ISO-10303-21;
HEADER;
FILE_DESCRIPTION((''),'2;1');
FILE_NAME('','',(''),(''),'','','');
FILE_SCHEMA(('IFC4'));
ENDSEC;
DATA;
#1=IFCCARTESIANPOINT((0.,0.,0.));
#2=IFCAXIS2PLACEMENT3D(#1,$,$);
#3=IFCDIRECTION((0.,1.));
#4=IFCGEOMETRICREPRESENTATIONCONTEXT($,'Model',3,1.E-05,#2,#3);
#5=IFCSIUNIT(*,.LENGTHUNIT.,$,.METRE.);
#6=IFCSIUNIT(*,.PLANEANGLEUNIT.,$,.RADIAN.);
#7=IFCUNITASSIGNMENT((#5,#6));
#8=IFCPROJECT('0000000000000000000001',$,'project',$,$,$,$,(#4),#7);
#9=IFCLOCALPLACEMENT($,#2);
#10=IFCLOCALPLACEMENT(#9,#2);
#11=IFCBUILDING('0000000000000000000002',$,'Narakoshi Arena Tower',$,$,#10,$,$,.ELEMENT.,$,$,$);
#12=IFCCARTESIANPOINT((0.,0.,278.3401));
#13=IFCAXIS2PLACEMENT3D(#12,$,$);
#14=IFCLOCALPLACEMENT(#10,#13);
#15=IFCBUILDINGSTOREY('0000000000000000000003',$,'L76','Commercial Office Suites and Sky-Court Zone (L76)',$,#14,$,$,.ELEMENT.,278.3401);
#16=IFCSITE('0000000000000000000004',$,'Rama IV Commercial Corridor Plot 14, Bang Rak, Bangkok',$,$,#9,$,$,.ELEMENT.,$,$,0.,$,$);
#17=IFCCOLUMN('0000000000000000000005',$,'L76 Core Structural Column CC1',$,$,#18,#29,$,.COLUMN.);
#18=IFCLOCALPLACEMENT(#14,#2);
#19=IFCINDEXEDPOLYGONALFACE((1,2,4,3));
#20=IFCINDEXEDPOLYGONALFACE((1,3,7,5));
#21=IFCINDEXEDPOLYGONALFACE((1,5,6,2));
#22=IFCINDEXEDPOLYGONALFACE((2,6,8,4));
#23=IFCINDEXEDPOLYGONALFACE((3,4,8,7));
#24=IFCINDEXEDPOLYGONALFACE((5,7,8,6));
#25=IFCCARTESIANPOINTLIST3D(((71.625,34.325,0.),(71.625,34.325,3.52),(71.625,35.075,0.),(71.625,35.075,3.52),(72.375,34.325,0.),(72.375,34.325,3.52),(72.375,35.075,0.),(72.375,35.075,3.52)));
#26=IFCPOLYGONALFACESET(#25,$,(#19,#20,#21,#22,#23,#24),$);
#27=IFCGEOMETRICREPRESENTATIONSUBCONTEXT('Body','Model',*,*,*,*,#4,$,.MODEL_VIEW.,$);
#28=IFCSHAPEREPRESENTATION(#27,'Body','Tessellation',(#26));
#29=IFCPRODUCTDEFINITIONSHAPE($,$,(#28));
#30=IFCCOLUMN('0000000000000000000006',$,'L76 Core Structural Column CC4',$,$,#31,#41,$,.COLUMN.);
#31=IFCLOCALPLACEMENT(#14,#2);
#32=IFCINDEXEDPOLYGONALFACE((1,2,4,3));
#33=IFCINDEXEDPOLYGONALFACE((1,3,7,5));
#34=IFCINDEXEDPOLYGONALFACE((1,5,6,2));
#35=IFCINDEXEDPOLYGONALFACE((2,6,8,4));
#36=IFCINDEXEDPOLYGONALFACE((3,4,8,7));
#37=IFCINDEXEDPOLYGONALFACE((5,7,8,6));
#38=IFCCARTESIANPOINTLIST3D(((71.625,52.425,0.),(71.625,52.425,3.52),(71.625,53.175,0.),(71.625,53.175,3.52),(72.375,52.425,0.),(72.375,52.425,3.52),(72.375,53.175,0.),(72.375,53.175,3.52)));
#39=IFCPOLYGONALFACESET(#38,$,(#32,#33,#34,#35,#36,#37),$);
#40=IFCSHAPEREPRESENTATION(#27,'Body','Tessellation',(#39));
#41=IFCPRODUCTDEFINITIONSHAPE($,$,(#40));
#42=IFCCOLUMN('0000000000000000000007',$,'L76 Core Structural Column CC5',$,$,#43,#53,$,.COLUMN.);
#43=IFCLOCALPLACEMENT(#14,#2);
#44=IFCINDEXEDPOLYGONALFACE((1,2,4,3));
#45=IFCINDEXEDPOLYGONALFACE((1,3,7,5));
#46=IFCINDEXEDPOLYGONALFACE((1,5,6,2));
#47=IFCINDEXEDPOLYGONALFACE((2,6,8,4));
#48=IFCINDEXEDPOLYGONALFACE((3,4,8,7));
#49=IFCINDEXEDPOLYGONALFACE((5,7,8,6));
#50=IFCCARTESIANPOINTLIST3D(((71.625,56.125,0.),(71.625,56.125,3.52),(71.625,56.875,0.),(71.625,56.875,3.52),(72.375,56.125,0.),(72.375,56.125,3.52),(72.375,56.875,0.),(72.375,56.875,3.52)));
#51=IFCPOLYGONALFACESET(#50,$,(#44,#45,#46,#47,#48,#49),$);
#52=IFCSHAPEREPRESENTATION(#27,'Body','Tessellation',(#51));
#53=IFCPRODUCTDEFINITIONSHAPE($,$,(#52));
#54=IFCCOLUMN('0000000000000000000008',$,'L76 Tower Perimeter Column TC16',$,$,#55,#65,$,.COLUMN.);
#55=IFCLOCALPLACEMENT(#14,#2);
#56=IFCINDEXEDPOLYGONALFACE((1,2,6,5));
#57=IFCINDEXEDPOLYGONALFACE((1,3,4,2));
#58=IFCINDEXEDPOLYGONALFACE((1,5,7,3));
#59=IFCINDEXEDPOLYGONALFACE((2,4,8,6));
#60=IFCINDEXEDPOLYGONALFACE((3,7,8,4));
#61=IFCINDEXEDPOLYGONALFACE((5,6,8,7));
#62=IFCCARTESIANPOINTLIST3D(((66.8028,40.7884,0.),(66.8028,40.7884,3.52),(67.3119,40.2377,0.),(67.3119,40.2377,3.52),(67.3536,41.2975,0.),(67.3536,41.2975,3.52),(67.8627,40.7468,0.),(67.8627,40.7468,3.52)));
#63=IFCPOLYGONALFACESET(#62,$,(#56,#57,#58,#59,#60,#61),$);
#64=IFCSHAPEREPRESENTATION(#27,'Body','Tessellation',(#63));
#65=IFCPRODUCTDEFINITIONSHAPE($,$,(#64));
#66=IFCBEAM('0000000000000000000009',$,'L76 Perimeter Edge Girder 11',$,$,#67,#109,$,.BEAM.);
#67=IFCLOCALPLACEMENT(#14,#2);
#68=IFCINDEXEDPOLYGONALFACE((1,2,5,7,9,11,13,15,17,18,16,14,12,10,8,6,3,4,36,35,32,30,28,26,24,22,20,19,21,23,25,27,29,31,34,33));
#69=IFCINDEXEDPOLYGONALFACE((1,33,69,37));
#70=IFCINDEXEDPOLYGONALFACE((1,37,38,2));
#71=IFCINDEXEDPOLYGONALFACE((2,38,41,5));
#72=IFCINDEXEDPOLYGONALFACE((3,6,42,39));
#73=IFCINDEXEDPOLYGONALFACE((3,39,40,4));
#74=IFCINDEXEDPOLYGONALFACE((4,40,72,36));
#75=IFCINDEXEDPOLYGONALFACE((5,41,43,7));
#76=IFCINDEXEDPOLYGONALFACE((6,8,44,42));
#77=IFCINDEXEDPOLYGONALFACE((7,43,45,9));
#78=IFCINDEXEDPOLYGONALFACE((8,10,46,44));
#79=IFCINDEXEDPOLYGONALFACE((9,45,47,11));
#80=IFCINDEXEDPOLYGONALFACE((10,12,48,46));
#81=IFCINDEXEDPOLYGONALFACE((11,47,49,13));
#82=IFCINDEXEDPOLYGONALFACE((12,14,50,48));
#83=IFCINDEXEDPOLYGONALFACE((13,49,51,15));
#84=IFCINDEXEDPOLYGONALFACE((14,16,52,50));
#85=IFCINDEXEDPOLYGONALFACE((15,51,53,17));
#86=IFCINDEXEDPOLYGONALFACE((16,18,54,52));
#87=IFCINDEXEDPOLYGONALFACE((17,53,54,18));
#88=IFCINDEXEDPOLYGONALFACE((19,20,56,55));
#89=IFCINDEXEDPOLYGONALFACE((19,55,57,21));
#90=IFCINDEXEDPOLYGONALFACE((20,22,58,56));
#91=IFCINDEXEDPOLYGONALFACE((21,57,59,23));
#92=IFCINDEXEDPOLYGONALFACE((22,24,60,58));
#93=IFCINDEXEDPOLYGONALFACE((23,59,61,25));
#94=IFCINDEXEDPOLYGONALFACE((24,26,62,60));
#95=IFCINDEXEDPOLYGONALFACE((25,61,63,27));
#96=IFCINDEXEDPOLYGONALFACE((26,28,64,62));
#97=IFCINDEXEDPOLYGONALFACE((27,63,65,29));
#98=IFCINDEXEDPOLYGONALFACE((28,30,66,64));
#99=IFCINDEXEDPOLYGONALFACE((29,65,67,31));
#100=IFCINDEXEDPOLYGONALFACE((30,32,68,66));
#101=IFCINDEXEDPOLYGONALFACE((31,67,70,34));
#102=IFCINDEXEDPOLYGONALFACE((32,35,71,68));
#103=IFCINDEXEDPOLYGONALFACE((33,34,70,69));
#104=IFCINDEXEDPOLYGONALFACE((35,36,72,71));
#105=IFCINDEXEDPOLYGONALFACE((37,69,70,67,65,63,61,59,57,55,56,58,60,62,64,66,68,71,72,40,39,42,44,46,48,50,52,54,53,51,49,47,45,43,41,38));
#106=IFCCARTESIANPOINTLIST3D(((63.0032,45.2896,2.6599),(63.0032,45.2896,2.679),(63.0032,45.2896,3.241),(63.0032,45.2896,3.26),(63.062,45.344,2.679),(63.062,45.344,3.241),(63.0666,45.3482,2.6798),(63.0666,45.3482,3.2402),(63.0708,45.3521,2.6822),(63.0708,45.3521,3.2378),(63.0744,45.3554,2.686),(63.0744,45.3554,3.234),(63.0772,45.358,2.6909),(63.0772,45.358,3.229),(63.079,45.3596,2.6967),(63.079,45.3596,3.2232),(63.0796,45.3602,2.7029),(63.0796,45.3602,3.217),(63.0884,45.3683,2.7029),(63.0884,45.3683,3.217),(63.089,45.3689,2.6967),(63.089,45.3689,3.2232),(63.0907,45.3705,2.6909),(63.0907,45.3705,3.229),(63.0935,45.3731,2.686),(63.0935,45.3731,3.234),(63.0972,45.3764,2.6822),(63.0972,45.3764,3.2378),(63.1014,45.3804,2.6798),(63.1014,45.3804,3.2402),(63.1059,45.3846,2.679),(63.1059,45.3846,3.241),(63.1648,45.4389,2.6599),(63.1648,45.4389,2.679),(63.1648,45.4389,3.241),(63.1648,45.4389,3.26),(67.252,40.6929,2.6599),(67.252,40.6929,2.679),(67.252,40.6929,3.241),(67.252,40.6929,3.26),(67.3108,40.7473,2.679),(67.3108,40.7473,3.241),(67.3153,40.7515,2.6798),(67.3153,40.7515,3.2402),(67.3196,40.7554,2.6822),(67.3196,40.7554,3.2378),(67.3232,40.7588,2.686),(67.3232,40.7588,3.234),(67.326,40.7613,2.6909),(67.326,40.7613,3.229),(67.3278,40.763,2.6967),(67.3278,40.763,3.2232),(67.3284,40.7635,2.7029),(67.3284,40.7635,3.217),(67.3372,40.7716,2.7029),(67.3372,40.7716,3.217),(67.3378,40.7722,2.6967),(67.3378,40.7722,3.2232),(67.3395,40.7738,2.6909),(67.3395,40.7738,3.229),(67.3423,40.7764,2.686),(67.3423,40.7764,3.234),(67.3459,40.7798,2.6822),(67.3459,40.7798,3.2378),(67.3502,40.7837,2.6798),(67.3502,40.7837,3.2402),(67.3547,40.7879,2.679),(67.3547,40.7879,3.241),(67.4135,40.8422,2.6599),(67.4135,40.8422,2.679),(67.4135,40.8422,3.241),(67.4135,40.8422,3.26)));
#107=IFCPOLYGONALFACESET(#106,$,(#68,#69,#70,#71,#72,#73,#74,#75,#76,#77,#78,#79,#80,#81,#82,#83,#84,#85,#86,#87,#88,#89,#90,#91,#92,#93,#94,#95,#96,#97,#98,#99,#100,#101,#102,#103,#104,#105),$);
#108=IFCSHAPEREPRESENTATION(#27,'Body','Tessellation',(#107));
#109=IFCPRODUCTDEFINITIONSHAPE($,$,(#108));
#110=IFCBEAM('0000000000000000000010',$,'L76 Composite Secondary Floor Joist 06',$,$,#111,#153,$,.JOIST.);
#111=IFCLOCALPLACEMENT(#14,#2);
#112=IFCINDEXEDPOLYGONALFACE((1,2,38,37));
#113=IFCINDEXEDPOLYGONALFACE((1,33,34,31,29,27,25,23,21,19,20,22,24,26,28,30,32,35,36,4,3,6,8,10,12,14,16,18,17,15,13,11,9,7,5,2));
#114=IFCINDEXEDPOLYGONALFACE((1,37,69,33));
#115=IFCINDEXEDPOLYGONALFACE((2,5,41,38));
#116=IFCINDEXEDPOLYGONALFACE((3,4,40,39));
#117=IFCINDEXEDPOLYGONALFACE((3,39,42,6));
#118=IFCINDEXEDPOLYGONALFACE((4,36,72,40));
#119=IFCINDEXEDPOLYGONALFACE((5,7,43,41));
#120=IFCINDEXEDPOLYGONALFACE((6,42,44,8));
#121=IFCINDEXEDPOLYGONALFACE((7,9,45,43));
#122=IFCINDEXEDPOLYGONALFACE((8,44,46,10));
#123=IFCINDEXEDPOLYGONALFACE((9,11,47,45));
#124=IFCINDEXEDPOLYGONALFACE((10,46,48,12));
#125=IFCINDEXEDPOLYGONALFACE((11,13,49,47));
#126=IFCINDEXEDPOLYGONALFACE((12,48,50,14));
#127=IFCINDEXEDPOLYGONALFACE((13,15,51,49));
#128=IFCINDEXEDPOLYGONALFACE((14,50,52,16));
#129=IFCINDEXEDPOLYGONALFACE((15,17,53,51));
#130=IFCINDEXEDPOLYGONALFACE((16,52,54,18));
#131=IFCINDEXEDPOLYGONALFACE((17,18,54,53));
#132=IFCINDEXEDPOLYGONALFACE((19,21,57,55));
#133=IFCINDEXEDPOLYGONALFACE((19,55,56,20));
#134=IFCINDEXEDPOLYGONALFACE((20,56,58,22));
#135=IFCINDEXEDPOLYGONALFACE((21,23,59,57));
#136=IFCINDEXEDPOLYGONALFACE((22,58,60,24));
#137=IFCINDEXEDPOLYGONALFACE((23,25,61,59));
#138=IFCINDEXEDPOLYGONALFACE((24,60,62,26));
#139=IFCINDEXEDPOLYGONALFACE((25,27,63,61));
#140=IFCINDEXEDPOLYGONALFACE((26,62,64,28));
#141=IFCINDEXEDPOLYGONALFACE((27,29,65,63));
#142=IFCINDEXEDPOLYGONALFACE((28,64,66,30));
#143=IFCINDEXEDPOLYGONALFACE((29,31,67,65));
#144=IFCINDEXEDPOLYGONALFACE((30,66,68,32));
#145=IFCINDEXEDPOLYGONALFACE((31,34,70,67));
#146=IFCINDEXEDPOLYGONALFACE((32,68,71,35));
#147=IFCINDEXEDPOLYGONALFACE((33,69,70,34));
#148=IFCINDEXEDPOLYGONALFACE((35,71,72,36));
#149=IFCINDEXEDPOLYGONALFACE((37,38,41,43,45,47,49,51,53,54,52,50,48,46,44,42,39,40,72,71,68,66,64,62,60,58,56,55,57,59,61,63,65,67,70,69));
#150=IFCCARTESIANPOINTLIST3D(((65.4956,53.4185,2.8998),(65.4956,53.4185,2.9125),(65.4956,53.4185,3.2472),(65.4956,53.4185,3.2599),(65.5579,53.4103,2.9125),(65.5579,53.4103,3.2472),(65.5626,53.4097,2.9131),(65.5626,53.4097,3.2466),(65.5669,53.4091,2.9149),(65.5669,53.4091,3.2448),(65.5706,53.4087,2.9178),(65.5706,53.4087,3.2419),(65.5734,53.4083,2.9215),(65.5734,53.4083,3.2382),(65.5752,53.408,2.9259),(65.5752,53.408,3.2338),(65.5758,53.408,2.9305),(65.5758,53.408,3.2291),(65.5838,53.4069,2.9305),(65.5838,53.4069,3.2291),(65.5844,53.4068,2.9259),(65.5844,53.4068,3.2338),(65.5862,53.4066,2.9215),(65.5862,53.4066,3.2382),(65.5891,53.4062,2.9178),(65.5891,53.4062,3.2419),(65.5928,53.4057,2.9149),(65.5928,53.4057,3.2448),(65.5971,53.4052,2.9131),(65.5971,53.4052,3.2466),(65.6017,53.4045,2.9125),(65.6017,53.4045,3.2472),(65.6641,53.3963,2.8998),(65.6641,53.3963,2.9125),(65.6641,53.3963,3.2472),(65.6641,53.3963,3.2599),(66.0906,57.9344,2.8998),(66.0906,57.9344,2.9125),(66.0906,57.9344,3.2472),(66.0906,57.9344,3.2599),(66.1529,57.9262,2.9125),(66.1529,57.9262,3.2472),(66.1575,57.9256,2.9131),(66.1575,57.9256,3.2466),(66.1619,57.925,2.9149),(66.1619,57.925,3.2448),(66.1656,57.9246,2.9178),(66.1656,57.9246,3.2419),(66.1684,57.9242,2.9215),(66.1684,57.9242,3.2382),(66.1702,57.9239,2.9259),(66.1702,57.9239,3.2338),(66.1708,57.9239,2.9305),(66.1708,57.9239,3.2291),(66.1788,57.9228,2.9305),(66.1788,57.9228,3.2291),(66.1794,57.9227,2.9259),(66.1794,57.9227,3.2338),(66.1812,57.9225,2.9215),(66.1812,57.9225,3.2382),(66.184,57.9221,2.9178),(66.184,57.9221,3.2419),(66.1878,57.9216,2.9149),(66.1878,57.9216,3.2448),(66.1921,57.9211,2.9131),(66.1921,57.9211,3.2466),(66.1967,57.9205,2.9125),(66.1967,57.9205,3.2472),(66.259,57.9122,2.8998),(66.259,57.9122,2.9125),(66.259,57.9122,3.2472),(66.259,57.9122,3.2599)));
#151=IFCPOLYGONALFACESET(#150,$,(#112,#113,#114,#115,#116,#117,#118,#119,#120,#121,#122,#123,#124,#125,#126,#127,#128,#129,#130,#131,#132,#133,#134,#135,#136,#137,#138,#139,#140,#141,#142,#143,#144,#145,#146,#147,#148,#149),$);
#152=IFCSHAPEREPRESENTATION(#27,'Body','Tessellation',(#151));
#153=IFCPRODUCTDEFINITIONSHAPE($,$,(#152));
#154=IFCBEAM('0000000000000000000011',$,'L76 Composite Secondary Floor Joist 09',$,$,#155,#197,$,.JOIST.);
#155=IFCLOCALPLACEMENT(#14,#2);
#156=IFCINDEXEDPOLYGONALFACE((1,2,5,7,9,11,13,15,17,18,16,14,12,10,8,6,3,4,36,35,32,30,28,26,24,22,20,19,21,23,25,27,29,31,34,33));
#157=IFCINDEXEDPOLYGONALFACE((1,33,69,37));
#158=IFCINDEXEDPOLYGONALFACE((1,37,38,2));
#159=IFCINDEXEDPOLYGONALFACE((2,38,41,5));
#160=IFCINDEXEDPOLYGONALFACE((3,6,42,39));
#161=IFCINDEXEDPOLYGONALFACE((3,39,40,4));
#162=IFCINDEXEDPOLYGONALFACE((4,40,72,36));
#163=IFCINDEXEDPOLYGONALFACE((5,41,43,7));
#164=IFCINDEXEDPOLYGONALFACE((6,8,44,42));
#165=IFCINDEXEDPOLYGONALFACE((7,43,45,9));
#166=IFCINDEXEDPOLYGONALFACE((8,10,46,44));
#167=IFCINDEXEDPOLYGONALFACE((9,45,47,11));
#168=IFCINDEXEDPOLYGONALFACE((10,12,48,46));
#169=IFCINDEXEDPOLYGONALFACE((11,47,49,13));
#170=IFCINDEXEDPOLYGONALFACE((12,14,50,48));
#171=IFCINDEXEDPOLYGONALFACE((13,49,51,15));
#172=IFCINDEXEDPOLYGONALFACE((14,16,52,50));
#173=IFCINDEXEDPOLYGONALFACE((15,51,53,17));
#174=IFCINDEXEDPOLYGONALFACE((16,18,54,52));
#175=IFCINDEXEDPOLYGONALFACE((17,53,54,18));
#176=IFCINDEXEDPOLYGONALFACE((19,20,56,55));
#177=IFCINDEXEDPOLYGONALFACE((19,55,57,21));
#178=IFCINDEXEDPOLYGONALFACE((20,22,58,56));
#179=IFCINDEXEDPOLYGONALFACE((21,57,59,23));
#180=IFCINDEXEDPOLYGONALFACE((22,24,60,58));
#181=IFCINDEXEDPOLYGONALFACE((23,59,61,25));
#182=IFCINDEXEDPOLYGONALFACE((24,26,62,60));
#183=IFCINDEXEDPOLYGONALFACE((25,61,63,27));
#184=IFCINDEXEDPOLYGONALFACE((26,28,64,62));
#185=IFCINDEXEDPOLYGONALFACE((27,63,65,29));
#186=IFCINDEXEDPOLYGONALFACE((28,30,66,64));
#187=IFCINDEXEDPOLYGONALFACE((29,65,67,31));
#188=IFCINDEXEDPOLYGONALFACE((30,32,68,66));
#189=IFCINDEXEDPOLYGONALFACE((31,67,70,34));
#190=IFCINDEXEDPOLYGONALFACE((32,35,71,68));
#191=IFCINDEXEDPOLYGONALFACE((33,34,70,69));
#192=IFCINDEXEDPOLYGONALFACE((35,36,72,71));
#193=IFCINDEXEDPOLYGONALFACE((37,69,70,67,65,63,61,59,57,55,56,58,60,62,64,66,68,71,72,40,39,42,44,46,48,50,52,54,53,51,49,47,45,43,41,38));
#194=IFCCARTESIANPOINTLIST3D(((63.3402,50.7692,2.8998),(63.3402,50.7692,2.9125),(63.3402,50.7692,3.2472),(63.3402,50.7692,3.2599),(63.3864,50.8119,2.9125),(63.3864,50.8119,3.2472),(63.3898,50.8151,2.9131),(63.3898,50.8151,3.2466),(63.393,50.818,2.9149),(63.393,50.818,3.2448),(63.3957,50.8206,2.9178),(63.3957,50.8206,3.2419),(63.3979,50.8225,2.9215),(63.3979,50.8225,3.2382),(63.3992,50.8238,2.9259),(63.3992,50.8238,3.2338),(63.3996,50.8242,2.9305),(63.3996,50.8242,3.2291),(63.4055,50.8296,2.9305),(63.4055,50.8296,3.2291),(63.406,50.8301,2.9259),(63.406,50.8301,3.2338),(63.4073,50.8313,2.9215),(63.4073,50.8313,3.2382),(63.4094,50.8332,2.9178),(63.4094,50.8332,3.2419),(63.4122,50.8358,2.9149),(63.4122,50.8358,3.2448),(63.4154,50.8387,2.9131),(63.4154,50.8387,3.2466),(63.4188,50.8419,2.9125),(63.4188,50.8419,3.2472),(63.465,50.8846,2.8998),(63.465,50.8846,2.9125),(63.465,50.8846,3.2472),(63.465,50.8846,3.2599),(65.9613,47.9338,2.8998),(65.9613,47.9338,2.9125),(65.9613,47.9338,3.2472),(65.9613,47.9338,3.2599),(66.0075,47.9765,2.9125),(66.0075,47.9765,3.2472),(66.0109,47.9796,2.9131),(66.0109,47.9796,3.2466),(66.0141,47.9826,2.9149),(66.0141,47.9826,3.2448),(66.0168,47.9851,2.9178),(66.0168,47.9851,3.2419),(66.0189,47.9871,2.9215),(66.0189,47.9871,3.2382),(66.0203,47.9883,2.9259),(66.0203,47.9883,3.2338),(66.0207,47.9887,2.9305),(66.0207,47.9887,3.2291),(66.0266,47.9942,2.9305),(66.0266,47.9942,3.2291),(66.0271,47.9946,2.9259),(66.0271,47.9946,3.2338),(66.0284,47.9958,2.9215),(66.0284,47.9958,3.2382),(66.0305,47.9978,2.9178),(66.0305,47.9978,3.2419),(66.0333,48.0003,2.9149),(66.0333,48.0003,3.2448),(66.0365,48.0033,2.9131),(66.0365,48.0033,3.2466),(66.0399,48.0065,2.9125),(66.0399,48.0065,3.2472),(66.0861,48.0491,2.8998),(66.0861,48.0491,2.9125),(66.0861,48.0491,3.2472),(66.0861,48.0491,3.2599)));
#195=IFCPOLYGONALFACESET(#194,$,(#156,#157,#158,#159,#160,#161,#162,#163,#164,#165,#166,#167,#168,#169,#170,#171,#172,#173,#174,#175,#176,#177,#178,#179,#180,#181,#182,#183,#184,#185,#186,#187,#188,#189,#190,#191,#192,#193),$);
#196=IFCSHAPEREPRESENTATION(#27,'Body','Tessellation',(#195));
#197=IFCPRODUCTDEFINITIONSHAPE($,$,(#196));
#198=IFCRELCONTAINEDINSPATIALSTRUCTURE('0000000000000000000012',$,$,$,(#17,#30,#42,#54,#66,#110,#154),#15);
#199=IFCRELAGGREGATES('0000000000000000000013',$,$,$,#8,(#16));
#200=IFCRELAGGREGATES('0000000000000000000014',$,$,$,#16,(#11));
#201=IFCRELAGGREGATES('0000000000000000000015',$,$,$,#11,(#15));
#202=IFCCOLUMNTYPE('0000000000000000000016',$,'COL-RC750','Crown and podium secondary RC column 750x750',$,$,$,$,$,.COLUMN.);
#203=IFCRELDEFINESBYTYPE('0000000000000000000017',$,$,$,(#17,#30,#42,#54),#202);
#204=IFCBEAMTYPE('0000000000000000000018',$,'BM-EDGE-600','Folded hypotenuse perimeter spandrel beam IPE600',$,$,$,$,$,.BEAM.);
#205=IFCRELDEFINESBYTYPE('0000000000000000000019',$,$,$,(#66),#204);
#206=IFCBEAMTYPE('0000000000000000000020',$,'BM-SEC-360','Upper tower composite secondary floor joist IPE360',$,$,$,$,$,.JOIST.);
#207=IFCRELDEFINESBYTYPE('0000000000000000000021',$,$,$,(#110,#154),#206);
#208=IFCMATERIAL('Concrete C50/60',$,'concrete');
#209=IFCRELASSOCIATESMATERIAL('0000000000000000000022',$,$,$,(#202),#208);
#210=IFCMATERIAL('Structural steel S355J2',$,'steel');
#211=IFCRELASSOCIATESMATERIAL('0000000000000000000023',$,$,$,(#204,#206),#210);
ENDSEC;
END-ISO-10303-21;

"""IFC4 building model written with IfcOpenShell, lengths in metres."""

from ifc_helpers import new_model, si_unit, direction, frame, origin, origin_2d, place, context, subcontext, project, spatial, rectangle, i_section, extrude, material, material_profile, profile_set, type_object, element, save


model = new_model("IFC4")

# Units and contexts
model_context = context("Model", 3, precision=1e-05, world=origin(), true_north=direction((0.0, 1.0)))
body_context = subcontext(model_context, "Body", "Model", "MODEL_VIEW")
ifc_project = project(units=[si_unit("LENGTHUNIT", "METRE"), si_unit("PLANEANGLEUNIT", "RADIAN")], contexts=[model_context])

# Site, building, storey
site_placement = place(None, origin())
site = spatial("IfcSite", under=ifc_project, at=site_placement, Name="Rama IV Commercial Corridor Plot 14, Bang Rak, Bangkok", CompositionType="ELEMENT", RefElevation=0.0)
building_placement = place(site_placement, origin())
building = spatial("IfcBuilding", under=site, at=building_placement, Name="Narakoshi Arena Tower", CompositionType="ELEMENT")
storey_placement = place(building_placement, frame((0.0, 0.0, 278.3401)))
storey = spatial("IfcBuildingStorey", under=building, at=storey_placement, Name="L76", Description="Commercial Office Suites and Sky-Court Zone (L76)", CompositionType="ELEMENT", Elevation=278.3401)

# Columns
ifc_material_1 = material(Name="Concrete C50/60", Category="concrete")
ifc_material_profile_1 = material_profile(ifc_material_1, rectangle(XDim=0.75, YDim=0.75, at=origin_2d()), Name="RC750x750")
ifc_profile_set_1 = profile_set([ifc_material_profile_1], Name="Concrete C50/60")
column_type = type_object("IfcColumnType", Name="COL-RC750", Description="Crown and podium secondary RC column 750x750", PredefinedType="COLUMN", material=ifc_profile_set_1)
for number, where, z_axis, x_axis, name in (
    (1, (72.0, 34.7, 0.0), (0.0, 0.0, 1.0), (1.0, 0.0, 0.0), "L76 Core Structural Column CC1"),
    (2, (72.0, 52.8, 0.0), (0.0, 0.0, 1.0), (1.0, 0.0, 0.0), "L76 Core Structural Column CC4"),
    (3, (72.0, 56.5, 0.0), (0.0, 0.0, 1.0), (1.0, 0.0, 0.0), "L76 Core Structural Column CC5"),
    (4, (67.3328, 40.7676, 0.0), (0.0, 0.0, 1.0), (-0.678801, 0.734323, 0.0), "L76 Tower Perimeter Column TC16"),
):
    element("IfcColumn", number, at=place(storey_placement, frame(where, z_axis=z_axis, x_axis=x_axis)), inside=storey, type_object=column_type, Name=name, PredefinedType="COLUMN", context=body_context, shape_type="SweptSolid", body=[
        extrude(rectangle(XDim=0.75, YDim=0.75, at=origin_2d()), origin(), (0.0, 0.0, 1.0), 3.52),
    ])

# Beams
ifc_material_2 = material(Name="Structural steel S355J2", Category="steel")
ifc_material_profile_2 = material_profile(ifc_material_2, i_section(OverallWidth=0.22, OverallDepth=0.6001, WebThickness=0.012, FlangeThickness=0.019, FilletRadius=0.0239, at=origin_2d()), Name="IPE600")
ifc_profile_set_2 = profile_set([ifc_material_profile_2], Name="Structural steel S355J2")
beam_type_1 = type_object("IfcBeamType", Name="BM-EDGE-600", Description="Folded hypotenuse perimeter spandrel beam IPE600", PredefinedType="BEAM", material=ifc_profile_set_2)
beam_1_placement = place(storey_placement, frame((63.084, 45.3643, 2.96), z_axis=(0.678771, -0.73435, 0.0), x_axis=(0.73435, 0.678771, 0.0)))
element("IfcBeam", 5, at=beam_1_placement, inside=storey, type_object=beam_type_1, Name="L76 Perimeter Edge Girder 11", PredefinedType="BEAM", context=body_context, shape_type="SweptSolid", body=[
    extrude(i_section(OverallWidth=0.22, OverallDepth=0.6001, WebThickness=0.012, FlangeThickness=0.019, FilletRadius=0.0239, at=origin_2d()), origin(), (0.0, 0.0, 1.0), 6.2595),
])
ifc_material_profile_3 = material_profile(ifc_material_2, i_section(OverallWidth=0.1699, OverallDepth=0.3601, WebThickness=0.0081, FlangeThickness=0.0127, FilletRadius=0.0181, at=origin_2d()), Name="IPE360")
ifc_profile_set_3 = profile_set([ifc_material_profile_3], Name="Structural steel S355J2")
beam_type_2 = type_object("IfcBeamType", Name="BM-SEC-360", Description="Upper tower composite secondary floor joist IPE360", PredefinedType="JOIST", material=ifc_profile_set_3)
beam_2_placement = place(storey_placement, frame((66.1748, 57.9233, 3.0798), z_axis=(-0.130622, -0.991432, 0.0), x_axis=(0.991432, -0.130622, 0.0)))
element("IfcBeam", 6, at=beam_2_placement, inside=storey, type_object=beam_type_2, Name="L76 Composite Secondary Floor Joist 06", PredefinedType="JOIST", context=body_context, shape_type="SweptSolid", body=[
    extrude(i_section(OverallWidth=0.1699, OverallDepth=0.3601, WebThickness=0.0081, FlangeThickness=0.0127, FilletRadius=0.0181, at=origin_2d()), origin(), (0.0, 0.0, 1.0), 4.5549),
])
beam_3_placement = place(storey_placement, frame((63.4026, 50.8269, 3.0798), z_axis=(0.678805, -0.734318, 0.0), x_axis=(0.734318, 0.678805, 0.0)))
element("IfcBeam", 7, at=beam_3_placement, inside=storey, type_object=beam_type_2, Name="L76 Composite Secondary Floor Joist 09", PredefinedType="JOIST", context=body_context, shape_type="SweptSolid", body=[
    extrude(i_section(OverallWidth=0.1699, OverallDepth=0.3601, WebThickness=0.0081, FlangeThickness=0.0127, FilletRadius=0.0181, at=origin_2d()), origin(), (0.0, 0.0, 1.0), 3.8613),
])

save(model, "model.ifc")
